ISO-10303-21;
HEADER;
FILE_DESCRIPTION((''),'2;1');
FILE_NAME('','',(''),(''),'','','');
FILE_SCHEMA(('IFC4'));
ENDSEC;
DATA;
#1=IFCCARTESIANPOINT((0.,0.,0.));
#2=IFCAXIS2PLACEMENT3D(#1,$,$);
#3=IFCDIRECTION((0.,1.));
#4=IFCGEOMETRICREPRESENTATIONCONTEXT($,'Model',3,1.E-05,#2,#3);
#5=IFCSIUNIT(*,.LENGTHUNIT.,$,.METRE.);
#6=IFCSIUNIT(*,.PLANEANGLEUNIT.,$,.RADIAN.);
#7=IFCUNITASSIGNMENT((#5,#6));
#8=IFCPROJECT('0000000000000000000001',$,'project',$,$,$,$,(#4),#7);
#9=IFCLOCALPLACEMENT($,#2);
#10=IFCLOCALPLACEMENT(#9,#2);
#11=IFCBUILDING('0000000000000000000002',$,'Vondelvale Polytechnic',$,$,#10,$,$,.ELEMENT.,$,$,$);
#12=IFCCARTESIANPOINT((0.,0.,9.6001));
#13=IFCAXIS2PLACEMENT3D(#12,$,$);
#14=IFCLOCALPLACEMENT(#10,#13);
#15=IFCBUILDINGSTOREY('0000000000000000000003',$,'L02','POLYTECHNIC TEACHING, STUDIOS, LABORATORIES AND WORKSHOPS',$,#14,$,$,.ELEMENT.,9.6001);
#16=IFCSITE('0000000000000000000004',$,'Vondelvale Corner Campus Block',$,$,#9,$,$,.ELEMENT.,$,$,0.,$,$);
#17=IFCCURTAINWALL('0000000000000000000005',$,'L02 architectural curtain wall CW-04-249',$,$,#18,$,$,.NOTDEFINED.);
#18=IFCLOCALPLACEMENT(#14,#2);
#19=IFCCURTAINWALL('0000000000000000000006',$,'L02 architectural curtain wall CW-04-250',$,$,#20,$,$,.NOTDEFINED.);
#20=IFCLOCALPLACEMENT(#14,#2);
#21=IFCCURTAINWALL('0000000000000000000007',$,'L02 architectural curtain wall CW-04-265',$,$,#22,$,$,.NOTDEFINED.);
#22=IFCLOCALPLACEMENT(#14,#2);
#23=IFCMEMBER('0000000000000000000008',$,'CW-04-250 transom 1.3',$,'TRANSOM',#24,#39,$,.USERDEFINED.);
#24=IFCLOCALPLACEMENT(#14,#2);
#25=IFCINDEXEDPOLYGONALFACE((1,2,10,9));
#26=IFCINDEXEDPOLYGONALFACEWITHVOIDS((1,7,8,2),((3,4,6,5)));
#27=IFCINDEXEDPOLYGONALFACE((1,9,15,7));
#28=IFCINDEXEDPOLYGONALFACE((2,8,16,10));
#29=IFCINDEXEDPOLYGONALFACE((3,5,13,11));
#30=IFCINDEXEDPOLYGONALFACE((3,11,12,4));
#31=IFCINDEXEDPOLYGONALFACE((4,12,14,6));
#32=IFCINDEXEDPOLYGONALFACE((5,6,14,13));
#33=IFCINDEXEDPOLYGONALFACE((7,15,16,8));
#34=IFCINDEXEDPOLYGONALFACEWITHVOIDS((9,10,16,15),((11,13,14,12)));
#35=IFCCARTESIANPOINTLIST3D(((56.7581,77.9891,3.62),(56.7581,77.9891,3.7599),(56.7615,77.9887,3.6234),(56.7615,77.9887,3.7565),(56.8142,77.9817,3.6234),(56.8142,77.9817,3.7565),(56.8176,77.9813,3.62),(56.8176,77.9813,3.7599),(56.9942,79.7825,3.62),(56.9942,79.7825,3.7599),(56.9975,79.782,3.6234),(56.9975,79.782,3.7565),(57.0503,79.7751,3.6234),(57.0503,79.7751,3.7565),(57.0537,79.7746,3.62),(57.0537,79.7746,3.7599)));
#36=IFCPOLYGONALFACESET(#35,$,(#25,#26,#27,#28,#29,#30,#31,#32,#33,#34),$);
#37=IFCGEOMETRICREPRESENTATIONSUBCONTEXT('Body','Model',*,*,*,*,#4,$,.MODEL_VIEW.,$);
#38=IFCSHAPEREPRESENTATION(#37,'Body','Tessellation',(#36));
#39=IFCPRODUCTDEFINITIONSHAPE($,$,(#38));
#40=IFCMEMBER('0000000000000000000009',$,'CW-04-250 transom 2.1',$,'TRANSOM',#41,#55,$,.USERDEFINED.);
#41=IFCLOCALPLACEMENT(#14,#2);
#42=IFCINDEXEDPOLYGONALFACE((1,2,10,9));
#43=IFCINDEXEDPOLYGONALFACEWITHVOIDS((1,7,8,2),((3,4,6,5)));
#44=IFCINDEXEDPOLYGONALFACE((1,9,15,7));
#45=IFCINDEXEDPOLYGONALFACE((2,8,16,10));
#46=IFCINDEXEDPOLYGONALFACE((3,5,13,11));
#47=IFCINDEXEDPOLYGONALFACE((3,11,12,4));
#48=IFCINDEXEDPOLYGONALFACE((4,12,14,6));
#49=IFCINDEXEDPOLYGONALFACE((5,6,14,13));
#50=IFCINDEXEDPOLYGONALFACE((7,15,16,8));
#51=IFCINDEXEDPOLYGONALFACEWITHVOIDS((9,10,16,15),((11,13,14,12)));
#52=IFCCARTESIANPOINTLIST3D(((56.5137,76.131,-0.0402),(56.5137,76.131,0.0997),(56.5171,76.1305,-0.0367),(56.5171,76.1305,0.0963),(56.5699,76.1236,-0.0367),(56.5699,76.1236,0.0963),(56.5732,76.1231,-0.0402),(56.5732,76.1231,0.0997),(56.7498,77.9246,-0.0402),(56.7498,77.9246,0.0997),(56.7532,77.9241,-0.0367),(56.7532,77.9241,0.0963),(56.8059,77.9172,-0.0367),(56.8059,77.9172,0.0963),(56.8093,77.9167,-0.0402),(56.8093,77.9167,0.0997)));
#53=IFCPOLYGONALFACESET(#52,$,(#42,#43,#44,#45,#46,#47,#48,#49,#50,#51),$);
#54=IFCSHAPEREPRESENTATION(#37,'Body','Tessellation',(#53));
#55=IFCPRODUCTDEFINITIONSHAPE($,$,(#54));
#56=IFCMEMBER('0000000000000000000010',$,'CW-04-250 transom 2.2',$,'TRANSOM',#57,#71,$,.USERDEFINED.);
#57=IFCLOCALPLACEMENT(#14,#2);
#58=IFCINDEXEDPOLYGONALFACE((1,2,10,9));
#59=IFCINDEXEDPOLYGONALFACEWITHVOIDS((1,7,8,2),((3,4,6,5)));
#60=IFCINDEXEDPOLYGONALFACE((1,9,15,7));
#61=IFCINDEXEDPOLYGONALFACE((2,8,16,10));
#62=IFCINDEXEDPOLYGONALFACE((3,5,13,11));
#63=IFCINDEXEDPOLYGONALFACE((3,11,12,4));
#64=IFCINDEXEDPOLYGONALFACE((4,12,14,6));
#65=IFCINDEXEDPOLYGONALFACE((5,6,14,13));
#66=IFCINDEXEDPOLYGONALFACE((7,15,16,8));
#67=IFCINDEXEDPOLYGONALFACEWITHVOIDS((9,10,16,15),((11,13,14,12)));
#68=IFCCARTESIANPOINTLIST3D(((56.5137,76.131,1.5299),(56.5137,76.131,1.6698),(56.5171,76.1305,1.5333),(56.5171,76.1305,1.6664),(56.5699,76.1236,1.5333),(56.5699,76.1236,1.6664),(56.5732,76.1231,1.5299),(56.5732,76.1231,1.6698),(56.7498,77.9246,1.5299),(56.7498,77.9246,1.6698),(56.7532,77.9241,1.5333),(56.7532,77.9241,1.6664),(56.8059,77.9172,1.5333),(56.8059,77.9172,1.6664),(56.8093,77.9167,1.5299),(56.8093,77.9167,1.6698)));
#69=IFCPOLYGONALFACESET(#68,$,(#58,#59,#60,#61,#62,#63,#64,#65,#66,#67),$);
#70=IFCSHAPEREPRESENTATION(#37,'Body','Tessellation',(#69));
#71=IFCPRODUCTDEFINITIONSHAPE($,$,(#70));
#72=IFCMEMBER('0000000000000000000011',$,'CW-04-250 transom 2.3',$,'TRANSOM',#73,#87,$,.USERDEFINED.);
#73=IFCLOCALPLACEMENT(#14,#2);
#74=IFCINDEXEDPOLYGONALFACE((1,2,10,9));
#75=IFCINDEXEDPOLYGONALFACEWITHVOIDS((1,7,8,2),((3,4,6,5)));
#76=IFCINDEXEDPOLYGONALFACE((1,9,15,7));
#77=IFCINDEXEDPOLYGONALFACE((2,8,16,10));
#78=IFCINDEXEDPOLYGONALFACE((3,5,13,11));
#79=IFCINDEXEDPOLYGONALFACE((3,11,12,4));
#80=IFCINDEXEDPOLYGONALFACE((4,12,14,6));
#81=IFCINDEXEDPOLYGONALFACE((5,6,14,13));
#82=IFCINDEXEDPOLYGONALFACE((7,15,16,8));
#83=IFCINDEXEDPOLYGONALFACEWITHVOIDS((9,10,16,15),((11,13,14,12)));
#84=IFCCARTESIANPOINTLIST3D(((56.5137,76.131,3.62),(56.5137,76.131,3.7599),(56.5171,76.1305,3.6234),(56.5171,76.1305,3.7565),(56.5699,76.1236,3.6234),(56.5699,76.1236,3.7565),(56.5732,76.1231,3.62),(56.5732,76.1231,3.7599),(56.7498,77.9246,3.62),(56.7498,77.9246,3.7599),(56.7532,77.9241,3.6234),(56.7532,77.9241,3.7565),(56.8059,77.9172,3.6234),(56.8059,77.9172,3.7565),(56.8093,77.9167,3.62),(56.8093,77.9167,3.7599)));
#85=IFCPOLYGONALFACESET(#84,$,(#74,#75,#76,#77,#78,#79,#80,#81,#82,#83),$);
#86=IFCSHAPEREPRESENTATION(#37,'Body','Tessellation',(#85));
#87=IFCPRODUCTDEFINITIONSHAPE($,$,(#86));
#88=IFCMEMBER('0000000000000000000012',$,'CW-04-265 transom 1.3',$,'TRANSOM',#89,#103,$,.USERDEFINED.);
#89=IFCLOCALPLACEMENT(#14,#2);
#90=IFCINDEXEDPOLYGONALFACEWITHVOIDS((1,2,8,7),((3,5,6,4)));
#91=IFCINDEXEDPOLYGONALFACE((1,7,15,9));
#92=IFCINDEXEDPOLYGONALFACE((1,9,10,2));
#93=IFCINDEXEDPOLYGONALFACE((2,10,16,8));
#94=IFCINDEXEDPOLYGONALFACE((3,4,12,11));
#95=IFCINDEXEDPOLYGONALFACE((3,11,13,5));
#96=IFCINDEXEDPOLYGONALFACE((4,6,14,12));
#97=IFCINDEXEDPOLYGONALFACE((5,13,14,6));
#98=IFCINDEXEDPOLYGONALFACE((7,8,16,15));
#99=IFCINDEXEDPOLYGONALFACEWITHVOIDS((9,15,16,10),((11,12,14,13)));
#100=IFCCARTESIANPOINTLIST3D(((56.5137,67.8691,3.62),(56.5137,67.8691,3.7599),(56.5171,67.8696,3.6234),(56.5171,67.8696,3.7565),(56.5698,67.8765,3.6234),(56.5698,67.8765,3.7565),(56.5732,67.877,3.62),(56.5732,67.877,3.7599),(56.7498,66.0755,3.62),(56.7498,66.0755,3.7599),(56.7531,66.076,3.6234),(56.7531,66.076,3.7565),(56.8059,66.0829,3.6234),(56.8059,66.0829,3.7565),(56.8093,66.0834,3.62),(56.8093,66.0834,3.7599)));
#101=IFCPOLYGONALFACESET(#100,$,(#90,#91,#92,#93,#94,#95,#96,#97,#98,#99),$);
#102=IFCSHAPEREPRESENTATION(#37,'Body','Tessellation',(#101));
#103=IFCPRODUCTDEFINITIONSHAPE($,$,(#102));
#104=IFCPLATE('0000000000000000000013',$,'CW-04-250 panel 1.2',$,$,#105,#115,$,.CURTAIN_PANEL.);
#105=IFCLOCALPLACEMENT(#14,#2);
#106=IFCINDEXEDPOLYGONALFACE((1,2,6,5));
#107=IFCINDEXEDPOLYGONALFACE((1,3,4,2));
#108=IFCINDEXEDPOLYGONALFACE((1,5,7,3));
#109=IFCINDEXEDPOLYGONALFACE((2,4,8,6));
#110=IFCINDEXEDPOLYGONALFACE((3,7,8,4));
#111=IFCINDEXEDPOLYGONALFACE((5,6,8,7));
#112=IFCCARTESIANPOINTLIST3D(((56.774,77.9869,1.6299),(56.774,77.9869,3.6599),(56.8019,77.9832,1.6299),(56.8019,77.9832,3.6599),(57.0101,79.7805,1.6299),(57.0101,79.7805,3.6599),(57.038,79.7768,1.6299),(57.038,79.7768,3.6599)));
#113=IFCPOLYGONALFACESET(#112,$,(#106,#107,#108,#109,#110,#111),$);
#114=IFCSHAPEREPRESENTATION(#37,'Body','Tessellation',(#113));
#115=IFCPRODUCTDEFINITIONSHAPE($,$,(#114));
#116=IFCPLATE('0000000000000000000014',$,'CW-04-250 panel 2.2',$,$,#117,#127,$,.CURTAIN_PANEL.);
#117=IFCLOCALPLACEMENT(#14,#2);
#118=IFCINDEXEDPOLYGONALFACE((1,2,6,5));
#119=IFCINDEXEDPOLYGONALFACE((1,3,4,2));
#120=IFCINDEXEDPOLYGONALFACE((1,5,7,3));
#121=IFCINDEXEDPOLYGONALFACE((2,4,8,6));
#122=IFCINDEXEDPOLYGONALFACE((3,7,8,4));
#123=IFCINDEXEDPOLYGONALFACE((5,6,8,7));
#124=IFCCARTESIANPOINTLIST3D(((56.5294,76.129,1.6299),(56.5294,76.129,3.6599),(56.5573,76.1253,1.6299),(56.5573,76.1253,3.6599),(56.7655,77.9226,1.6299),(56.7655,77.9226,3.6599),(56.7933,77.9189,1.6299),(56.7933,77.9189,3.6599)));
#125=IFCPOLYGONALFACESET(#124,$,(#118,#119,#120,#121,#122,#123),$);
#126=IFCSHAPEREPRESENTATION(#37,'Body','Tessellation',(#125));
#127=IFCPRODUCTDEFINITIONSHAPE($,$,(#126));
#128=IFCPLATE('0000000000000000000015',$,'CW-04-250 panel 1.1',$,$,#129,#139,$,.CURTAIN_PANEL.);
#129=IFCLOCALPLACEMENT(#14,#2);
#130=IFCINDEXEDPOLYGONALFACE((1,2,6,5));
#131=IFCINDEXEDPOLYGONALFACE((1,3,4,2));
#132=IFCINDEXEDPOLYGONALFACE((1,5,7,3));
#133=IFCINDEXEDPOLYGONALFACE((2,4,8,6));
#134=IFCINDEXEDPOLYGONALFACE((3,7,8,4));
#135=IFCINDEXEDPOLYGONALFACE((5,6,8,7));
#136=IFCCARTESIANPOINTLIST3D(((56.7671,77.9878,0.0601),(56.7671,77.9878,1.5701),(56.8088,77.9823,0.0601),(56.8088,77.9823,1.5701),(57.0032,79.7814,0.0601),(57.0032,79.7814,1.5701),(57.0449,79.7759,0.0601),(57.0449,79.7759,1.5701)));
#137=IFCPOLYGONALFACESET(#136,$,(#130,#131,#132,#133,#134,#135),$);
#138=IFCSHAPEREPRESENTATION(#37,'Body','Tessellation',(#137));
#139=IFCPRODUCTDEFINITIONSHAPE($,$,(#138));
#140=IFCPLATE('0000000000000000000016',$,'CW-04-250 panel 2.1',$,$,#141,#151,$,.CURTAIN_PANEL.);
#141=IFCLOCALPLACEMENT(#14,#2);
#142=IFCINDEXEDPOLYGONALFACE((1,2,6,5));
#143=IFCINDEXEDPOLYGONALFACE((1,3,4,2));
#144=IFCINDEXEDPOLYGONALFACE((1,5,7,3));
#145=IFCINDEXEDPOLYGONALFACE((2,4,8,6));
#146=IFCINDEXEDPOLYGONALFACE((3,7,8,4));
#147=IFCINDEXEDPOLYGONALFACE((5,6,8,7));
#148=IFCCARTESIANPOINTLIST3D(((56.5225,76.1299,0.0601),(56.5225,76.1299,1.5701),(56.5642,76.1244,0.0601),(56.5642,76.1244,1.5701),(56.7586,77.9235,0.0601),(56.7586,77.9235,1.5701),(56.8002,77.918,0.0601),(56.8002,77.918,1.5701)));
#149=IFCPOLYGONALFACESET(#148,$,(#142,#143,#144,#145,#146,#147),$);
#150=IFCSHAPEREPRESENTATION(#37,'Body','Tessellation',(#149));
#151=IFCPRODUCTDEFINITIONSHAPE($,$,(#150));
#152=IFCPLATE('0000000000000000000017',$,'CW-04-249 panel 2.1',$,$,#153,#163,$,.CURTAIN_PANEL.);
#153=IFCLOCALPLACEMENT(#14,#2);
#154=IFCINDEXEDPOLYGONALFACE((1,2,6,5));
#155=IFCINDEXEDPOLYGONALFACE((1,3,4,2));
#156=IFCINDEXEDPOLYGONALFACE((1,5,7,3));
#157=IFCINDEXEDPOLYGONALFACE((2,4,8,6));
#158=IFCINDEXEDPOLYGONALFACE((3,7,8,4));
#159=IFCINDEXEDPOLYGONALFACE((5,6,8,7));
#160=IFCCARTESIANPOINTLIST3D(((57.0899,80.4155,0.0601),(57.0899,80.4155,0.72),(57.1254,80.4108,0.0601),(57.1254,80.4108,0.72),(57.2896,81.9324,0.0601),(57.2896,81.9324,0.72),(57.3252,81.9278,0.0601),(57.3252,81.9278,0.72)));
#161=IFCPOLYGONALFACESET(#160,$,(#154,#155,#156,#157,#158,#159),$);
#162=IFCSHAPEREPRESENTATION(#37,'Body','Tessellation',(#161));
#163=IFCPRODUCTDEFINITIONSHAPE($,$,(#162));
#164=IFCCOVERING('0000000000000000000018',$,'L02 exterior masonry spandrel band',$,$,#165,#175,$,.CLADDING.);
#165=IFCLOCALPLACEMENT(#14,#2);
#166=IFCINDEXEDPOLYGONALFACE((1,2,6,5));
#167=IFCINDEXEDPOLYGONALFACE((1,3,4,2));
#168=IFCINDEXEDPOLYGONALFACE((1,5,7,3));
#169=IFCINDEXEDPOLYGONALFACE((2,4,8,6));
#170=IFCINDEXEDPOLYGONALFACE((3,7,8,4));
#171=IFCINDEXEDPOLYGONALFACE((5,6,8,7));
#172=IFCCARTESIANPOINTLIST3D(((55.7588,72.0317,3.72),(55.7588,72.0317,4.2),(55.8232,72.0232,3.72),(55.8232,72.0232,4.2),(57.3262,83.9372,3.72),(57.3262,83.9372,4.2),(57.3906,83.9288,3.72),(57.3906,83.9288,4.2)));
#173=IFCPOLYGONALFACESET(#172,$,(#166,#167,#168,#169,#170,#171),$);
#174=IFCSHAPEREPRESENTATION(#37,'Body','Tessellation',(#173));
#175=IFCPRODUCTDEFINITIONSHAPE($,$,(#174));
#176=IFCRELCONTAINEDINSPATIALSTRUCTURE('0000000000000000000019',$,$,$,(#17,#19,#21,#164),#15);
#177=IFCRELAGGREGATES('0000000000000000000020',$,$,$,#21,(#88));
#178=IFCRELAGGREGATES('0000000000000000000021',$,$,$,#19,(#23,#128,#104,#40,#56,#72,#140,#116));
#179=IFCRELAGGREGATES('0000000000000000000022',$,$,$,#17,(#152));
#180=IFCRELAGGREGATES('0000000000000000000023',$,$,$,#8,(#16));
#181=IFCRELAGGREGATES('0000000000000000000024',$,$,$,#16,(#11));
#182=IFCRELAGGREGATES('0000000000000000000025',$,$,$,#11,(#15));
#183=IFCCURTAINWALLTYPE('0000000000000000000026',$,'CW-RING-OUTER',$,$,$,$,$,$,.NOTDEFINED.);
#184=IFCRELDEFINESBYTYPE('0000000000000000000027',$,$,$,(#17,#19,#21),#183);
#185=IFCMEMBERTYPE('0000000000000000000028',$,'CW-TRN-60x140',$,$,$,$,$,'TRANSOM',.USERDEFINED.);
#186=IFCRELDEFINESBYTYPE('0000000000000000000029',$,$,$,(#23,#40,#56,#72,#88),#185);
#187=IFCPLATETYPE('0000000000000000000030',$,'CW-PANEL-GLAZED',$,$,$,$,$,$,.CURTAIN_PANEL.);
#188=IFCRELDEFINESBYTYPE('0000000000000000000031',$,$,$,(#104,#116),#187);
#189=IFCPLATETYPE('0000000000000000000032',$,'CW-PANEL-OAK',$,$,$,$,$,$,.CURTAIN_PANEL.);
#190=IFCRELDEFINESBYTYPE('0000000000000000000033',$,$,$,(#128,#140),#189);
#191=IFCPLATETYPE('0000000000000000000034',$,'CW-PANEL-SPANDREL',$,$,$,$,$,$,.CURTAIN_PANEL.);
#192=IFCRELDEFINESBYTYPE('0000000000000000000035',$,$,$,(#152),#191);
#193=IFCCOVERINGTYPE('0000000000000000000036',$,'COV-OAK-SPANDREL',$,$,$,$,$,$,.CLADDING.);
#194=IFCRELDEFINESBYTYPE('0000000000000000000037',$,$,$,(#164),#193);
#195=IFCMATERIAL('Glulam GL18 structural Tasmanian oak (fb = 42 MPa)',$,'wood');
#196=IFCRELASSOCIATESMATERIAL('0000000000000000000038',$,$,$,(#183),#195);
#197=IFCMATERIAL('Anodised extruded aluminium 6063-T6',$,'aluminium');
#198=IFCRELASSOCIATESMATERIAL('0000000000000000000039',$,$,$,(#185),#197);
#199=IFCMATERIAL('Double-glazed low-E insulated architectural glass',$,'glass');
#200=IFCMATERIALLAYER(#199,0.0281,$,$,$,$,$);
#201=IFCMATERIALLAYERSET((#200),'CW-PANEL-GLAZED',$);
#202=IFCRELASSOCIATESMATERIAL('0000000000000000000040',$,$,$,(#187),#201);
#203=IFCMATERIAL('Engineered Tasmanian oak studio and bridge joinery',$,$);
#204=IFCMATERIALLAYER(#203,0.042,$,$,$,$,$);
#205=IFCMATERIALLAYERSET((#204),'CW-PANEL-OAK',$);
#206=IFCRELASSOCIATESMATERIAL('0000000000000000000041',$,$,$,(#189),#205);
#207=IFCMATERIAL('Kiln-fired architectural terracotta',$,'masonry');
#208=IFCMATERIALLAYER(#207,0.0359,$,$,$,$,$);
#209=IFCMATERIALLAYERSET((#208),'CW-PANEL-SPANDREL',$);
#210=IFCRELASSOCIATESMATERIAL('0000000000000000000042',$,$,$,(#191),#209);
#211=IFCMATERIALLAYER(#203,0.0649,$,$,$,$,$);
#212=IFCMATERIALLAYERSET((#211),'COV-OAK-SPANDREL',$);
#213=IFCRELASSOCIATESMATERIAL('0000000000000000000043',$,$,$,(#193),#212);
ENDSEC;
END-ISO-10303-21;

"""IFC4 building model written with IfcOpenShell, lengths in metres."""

from ifc_helpers import new_model, si_unit, direction, frame, origin, origin_2d, place, context, subcontext, project, spatial, rectangle, hollow_rectangle, extrude, material, layer, layer_set, material_profile, profile_set, type_object, element, aggregate, save


model = new_model("IFC4")

# Units and contexts
model_context = context("Model", 3, precision=1e-05, world=origin(), true_north=direction((0.0, 1.0)))
body_context = subcontext(model_context, "Body", "Model", "MODEL_VIEW")
ifc_project = project(units=[si_unit("LENGTHUNIT", "METRE"), si_unit("PLANEANGLEUNIT", "RADIAN")], contexts=[model_context])

# Site, building, storey
site_placement = place(None, origin())
site = spatial("IfcSite", under=ifc_project, at=site_placement, Name="Vondelvale Corner Campus Block", CompositionType="ELEMENT", RefElevation=0.0)
building_placement = place(site_placement, origin())
building = spatial("IfcBuilding", under=site, at=building_placement, Name="Vondelvale Polytechnic", CompositionType="ELEMENT")
storey_placement = place(building_placement, frame((0.0, 0.0, 9.6001)))
storey = spatial("IfcBuildingStorey", under=building, at=storey_placement, Name="L02", Description="POLYTECHNIC TEACHING, STUDIOS, LABORATORIES AND WORKSHOPS", CompositionType="ELEMENT", Elevation=9.6001)

# Shared definitions
ifc_material_1 = material(Name="Glulam GL18 structural Tasmanian oak (fb = 42 MPa)", Category="wood")

# Curtain wall
curtain_wall_type = type_object("IfcCurtainWallType", Name="CW-RING-OUTER", PredefinedType="NOTDEFINED", material=ifc_material_1)
curtain_wall_1_placement = place(storey_placement, origin())
curtain_wall_1 = element("IfcCurtainWall", 1, at=curtain_wall_1_placement, inside=storey, type_object=curtain_wall_type, Name="L02 architectural curtain wall CW-04-249", PredefinedType="NOTDEFINED")
ifc_material_2 = material(Name="Anodised extruded aluminium 6063-T6", Category="aluminium")

# Curtain wall
curtain_wall_2_placement = place(storey_placement, origin())
curtain_wall_2 = element("IfcCurtainWall", 2, at=curtain_wall_2_placement, inside=storey, type_object=curtain_wall_type, Name="L02 architectural curtain wall CW-04-250", PredefinedType="NOTDEFINED")

# Curtain wall
curtain_wall_3_placement = place(storey_placement, origin())
curtain_wall_3 = element("IfcCurtainWall", 3, at=curtain_wall_3_placement, inside=storey, type_object=curtain_wall_type, Name="L02 architectural curtain wall CW-04-265", PredefinedType="NOTDEFINED")

# Members
ifc_material_profile_1 = material_profile(ifc_material_2, hollow_rectangle(XDim=0.0601, YDim=0.1399, WallThickness=0.0034, at=origin_2d()), Name="CW-TRN-140x60")
ifc_profile_set_1 = profile_set([ifc_material_profile_1], Name="Anodised extruded aluminium 6063-T6")
member_type_1 = type_object("IfcMemberType", Name="CW-TRN-60x140", ElementType="TRANSOM", PredefinedType="USERDEFINED", material=ifc_profile_set_1)
member_1_placement = place(storey_placement, frame((57.0239, 79.7786, 3.6899), z_axis=(-0.13051, -0.991447, 0.0), x_axis=(0.991447, -0.13051, 0.0)))
member_1 = element("IfcMember", 4, at=member_1_placement, type_object=member_type_1, Name="CW-04-250 transom 1.3", ObjectType="TRANSOM", PredefinedType="USERDEFINED", context=body_context, shape_type="SweptSolid", body=[
    extrude(hollow_rectangle(XDim=0.0601, YDim=0.1399, WallThickness=0.0034, at=origin_2d()), origin(), (0.0, 0.0, 1.0), 1.8088),
])
member_2_placement = place(storey_placement, frame((56.7795, 77.9207, 0.0298), z_axis=(-0.130493, -0.991449, 0.0), x_axis=(0.991449, -0.130493, 0.0)))
member_2 = element("IfcMember", 5, at=member_2_placement, type_object=member_type_1, Name="CW-04-250 transom 2.1", ObjectType="TRANSOM", PredefinedType="USERDEFINED", context=body_context, shape_type="SweptSolid", body=[
    extrude(hollow_rectangle(XDim=0.0601, YDim=0.1399, WallThickness=0.0034, at=origin_2d()), origin(), (0.0, 0.0, 1.0), 1.8091),
])
member_3_placement = place(storey_placement, frame((56.7795, 77.9207, 1.5999), z_axis=(-0.130493, -0.991449, 0.0), x_axis=(0.991449, -0.130493, 0.0)))
member_3 = element("IfcMember", 6, at=member_3_placement, type_object=member_type_1, Name="CW-04-250 transom 2.2", ObjectType="TRANSOM", PredefinedType="USERDEFINED", context=body_context, shape_type="SweptSolid", body=[
    extrude(hollow_rectangle(XDim=0.0601, YDim=0.1399, WallThickness=0.0034, at=origin_2d()), origin(), (0.0, 0.0, 1.0), 1.8091),
])
member_4_placement = place(storey_placement, frame((56.7795, 77.9207, 3.6899), z_axis=(-0.130493, -0.991449, 0.0), x_axis=(0.991449, -0.130493, 0.0)))
member_4 = element("IfcMember", 7, at=member_4_placement, type_object=member_type_1, Name="CW-04-250 transom 2.3", ObjectType="TRANSOM", PredefinedType="USERDEFINED", context=body_context, shape_type="SweptSolid", body=[
    extrude(hollow_rectangle(XDim=0.0601, YDim=0.1399, WallThickness=0.0034, at=origin_2d()), origin(), (0.0, 0.0, 1.0), 1.8091),
])
member_5_placement = place(storey_placement, frame((56.5435, 67.873, 3.6899), z_axis=(0.130493, -0.991449, 0.0), x_axis=(0.991449, 0.130493, 0.0)))
member_5 = element("IfcMember", 8, at=member_5_placement, type_object=member_type_1, Name="CW-04-265 transom 1.3", ObjectType="TRANSOM", PredefinedType="USERDEFINED", context=body_context, shape_type="SweptSolid", body=[
    extrude(hollow_rectangle(XDim=0.0601, YDim=0.1399, WallThickness=0.0034, at=origin_2d()), origin(), (0.0, 0.0, 1.0), 1.8091),
])
aggregate(curtain_wall_3, [member_5])

# Plates
ifc_material_3 = material(Name="Double-glazed low-E insulated architectural glass", Category="glass")
ifc_layer_1 = layer(ifc_material_3, 0.0281)
ifc_layer_set_1 = layer_set([ifc_layer_1], Name="CW-PANEL-GLAZED")
plate_type_1 = type_object("IfcPlateType", Name="CW-PANEL-GLAZED", PredefinedType="CURTAIN_PANEL", material=ifc_layer_set_1)
plate_1_placement = place(storey_placement, frame((56.906, 78.8818, 1.6299), z_axis=(0.0, 0.0, 1.0), x_axis=(-0.130497, -0.991449, 0.0)))
plate_1 = element("IfcPlate", 9, at=plate_1_placement, type_object=plate_type_1, Name="CW-04-250 panel 1.2", PredefinedType="CURTAIN_PANEL", context=body_context, shape_type="SweptSolid", body=[
    extrude(rectangle(XDim=1.8091, YDim=0.0281, at=origin_2d()), origin(), (0.0, 0.0, 1.0), 2.03),
])
plate_2_placement = place(storey_placement, frame((56.6614, 77.0239, 1.6299), z_axis=(0.0, 0.0, 1.0), x_axis=(-0.130497, -0.991449, 0.0)))
plate_2 = element("IfcPlate", 10, at=plate_2_placement, type_object=plate_type_1, Name="CW-04-250 panel 2.2", PredefinedType="CURTAIN_PANEL", context=body_context, shape_type="SweptSolid", body=[
    extrude(rectangle(XDim=1.8091, YDim=0.0281, at=origin_2d()), origin(), (0.0, 0.0, 1.0), 2.03),
])
ifc_material_4 = material(Name="Engineered Tasmanian oak studio and bridge joinery")
ifc_layer_2 = layer(ifc_material_4, 0.042)
ifc_layer_set_2 = layer_set([ifc_layer_2], Name="CW-PANEL-OAK")
plate_type_2 = type_object("IfcPlateType", Name="CW-PANEL-OAK", PredefinedType="CURTAIN_PANEL", material=ifc_layer_set_2)
plate_3_placement = place(storey_placement, frame((56.906, 78.8818, 0.0601), z_axis=(0.0, 0.0, 1.0), x_axis=(-0.130497, -0.991449, 0.0)))
plate_3 = element("IfcPlate", 11, at=plate_3_placement, type_object=plate_type_2, Name="CW-04-250 panel 1.1", PredefinedType="CURTAIN_PANEL", context=body_context, shape_type="SweptSolid", body=[
    extrude(rectangle(XDim=1.8091, YDim=0.042, at=origin_2d()), origin(), (0.0, 0.0, 1.0), 1.51),
])
plate_4_placement = place(storey_placement, frame((56.6614, 77.0239, 0.0601), z_axis=(0.0, 0.0, 1.0), x_axis=(-0.130497, -0.991449, 0.0)))
plate_4 = element("IfcPlate", 12, at=plate_4_placement, type_object=plate_type_2, Name="CW-04-250 panel 2.1", PredefinedType="CURTAIN_PANEL", context=body_context, shape_type="SweptSolid", body=[
    extrude(rectangle(XDim=1.8091, YDim=0.042, at=origin_2d()), origin(), (0.0, 0.0, 1.0), 1.51),
])
aggregate(curtain_wall_2, [member_1, plate_3, plate_1, member_2, member_3, member_4, plate_4, plate_2])
ifc_material_5 = material(Name="Kiln-fired architectural terracotta", Category="masonry")
ifc_layer_3 = layer(ifc_material_5, 0.0359)
ifc_layer_set_3 = layer_set([ifc_layer_3], Name="CW-PANEL-SPANDREL")
plate_type_3 = type_object("IfcPlateType", Name="CW-PANEL-SPANDREL", PredefinedType="CURTAIN_PANEL", material=ifc_layer_set_3)
plate_5_placement = place(storey_placement, frame((57.2075, 81.1716, 0.0601), z_axis=(0.0, 0.0, 1.0), x_axis=(-0.13054, -0.991443, 0.0)))
plate_5 = element("IfcPlate", 13, at=plate_5_placement, type_object=plate_type_3, Name="CW-04-249 panel 2.1", PredefinedType="CURTAIN_PANEL", context=body_context, shape_type="SweptSolid", body=[
    extrude(rectangle(XDim=1.53, YDim=0.0359, at=origin_2d()), origin(), (0.0, 0.0, 1.0), 0.6599),
])
aggregate(curtain_wall_1, [plate_5])

# Covering
ifc_layer_4 = layer(ifc_material_4, 0.0649)
ifc_layer_set_4 = layer_set([ifc_layer_4], Name="COV-OAK-SPANDREL")
covering_type = type_object("IfcCoveringType", Name="COV-OAK-SPANDREL", PredefinedType="CLADDING", material=ifc_layer_set_4)
covering_placement = place(storey_placement, frame((56.5747, 77.9802, 3.72), z_axis=(0.0, 0.0, 1.0), x_axis=(-0.130526, -0.991445, 0.0)))
element("IfcCovering", 14, at=covering_placement, inside=storey, type_object=covering_type, Name="L02 exterior masonry spandrel band", PredefinedType="CLADDING", context=body_context, shape_type="SweptSolid", body=[
    extrude(rectangle(XDim=12.0083, YDim=0.0649, at=origin_2d()), origin(), (0.0, 0.0, 1.0), 0.48),
])

save(model, "model.ifc")
